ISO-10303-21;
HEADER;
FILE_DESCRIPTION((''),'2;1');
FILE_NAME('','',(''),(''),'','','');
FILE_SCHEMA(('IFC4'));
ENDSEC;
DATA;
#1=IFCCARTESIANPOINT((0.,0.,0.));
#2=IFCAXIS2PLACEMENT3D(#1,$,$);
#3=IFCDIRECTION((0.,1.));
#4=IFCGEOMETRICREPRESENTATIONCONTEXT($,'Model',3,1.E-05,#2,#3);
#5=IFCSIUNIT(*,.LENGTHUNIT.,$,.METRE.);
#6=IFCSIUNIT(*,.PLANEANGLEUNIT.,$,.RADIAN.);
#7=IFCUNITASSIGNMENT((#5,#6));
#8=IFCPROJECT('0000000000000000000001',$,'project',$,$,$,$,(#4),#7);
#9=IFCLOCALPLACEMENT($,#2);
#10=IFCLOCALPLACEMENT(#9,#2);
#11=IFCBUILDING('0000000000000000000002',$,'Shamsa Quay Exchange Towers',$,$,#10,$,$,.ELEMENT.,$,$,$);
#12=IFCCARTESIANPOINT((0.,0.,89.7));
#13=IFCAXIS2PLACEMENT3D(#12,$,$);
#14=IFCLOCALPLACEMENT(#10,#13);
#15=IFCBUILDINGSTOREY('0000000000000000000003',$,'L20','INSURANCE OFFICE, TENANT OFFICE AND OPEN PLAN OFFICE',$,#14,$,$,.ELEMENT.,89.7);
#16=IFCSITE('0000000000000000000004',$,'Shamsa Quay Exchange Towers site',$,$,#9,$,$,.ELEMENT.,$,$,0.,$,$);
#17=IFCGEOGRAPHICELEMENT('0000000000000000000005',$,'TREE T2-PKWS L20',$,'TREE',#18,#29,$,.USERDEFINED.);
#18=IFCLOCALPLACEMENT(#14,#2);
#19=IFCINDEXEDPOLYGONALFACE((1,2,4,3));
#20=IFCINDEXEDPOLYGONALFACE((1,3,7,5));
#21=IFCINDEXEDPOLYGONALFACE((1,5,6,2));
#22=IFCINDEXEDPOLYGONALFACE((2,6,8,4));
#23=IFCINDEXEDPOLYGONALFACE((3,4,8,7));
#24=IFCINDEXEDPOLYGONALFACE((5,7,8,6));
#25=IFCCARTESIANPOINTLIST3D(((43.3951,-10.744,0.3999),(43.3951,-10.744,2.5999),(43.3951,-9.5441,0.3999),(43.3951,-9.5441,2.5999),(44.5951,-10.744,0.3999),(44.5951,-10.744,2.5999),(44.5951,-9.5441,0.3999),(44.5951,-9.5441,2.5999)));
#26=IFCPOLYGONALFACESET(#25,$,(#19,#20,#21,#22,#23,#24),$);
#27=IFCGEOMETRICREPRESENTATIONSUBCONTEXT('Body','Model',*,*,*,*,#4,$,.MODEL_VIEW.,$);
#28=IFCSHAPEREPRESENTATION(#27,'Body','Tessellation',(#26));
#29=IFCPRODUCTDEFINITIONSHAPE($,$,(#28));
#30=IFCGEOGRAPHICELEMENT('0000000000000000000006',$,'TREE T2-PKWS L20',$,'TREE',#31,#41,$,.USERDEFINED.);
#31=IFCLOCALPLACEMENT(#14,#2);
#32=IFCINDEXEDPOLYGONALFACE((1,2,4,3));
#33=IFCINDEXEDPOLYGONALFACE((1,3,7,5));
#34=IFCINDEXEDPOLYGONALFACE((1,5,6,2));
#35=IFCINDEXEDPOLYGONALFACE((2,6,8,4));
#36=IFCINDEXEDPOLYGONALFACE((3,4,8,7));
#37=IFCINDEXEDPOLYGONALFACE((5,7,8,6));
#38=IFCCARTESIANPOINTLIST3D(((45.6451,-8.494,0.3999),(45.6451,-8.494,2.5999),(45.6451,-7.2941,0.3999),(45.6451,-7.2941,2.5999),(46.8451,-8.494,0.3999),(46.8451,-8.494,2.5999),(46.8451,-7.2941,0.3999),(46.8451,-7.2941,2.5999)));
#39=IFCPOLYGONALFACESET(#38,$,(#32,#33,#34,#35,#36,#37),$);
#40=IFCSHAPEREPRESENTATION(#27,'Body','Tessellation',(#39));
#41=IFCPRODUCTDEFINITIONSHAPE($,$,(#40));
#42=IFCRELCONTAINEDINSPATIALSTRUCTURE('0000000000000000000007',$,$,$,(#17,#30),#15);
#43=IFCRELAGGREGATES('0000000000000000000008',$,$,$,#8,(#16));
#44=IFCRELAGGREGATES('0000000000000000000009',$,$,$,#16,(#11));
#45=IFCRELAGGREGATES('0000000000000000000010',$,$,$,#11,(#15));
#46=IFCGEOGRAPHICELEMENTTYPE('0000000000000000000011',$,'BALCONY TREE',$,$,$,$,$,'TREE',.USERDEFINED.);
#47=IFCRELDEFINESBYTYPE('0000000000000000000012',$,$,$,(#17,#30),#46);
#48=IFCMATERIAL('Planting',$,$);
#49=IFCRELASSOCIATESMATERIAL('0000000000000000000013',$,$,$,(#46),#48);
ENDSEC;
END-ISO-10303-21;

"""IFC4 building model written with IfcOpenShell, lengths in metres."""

from ifc_helpers import new_model, si_unit, direction, frame, origin, origin_2d, place, context, subcontext, project, spatial, rectangle, extrude, material, type_object, element, save


model = new_model("IFC4")

# Units and contexts
model_context = context("Model", 3, precision=1e-05, world=origin(), true_north=direction((0.0, 1.0)))
body_context = subcontext(model_context, "Body", "Model", "MODEL_VIEW")
ifc_project = project(units=[si_unit("LENGTHUNIT", "METRE"), si_unit("PLANEANGLEUNIT", "RADIAN")], contexts=[model_context])

# Site, building, storey
site_placement = place(None, origin())
site = spatial("IfcSite", under=ifc_project, at=site_placement, Name="Shamsa Quay Exchange Towers site", CompositionType="ELEMENT", RefElevation=0.0)
building_placement = place(site_placement, origin())
building = spatial("IfcBuilding", under=site, at=building_placement, Name="Shamsa Quay Exchange Towers", CompositionType="ELEMENT")
storey_placement = place(building_placement, frame((0.0, 0.0, 89.7)))
storey = spatial("IfcBuildingStorey", under=building, at=storey_placement, Name="L20", Description="INSURANCE OFFICE, TENANT OFFICE AND OPEN PLAN OFFICE", CompositionType="ELEMENT", Elevation=89.7)

# Geographic elements
ifc_material_1 = material(Name="Planting")
geographic_element_type = type_object("IfcGeographicElementType", Name="BALCONY TREE", ElementType="TREE", PredefinedType="USERDEFINED", material=ifc_material_1)
for number, where, z_axis, x_axis, name in (
    (1, (43.9951, -10.144, 0.3999), (0.0, 0.0, 1.0), (0.0, 1.0, 0.0), "TREE T2-PKWS L20"),
    (2, (46.2451, -7.894, 0.3999), (0.0, 0.0, 1.0), (0.0, 1.0, 0.0), "TREE T2-PKWS L20"),
):
    element("IfcGeographicElement", number, at=place(storey_placement, frame(where, z_axis=z_axis, x_axis=x_axis)), inside=storey, type_object=geographic_element_type, Name=name, ObjectType="TREE", PredefinedType="USERDEFINED", context=body_context, shape_type="SweptSolid", body=[
        extrude(rectangle(XDim=1.2, YDim=1.2, at=origin_2d()), origin(), (0.0, 0.0, 1.0), 2.2),
    ])

save(model, "model.ifc")
